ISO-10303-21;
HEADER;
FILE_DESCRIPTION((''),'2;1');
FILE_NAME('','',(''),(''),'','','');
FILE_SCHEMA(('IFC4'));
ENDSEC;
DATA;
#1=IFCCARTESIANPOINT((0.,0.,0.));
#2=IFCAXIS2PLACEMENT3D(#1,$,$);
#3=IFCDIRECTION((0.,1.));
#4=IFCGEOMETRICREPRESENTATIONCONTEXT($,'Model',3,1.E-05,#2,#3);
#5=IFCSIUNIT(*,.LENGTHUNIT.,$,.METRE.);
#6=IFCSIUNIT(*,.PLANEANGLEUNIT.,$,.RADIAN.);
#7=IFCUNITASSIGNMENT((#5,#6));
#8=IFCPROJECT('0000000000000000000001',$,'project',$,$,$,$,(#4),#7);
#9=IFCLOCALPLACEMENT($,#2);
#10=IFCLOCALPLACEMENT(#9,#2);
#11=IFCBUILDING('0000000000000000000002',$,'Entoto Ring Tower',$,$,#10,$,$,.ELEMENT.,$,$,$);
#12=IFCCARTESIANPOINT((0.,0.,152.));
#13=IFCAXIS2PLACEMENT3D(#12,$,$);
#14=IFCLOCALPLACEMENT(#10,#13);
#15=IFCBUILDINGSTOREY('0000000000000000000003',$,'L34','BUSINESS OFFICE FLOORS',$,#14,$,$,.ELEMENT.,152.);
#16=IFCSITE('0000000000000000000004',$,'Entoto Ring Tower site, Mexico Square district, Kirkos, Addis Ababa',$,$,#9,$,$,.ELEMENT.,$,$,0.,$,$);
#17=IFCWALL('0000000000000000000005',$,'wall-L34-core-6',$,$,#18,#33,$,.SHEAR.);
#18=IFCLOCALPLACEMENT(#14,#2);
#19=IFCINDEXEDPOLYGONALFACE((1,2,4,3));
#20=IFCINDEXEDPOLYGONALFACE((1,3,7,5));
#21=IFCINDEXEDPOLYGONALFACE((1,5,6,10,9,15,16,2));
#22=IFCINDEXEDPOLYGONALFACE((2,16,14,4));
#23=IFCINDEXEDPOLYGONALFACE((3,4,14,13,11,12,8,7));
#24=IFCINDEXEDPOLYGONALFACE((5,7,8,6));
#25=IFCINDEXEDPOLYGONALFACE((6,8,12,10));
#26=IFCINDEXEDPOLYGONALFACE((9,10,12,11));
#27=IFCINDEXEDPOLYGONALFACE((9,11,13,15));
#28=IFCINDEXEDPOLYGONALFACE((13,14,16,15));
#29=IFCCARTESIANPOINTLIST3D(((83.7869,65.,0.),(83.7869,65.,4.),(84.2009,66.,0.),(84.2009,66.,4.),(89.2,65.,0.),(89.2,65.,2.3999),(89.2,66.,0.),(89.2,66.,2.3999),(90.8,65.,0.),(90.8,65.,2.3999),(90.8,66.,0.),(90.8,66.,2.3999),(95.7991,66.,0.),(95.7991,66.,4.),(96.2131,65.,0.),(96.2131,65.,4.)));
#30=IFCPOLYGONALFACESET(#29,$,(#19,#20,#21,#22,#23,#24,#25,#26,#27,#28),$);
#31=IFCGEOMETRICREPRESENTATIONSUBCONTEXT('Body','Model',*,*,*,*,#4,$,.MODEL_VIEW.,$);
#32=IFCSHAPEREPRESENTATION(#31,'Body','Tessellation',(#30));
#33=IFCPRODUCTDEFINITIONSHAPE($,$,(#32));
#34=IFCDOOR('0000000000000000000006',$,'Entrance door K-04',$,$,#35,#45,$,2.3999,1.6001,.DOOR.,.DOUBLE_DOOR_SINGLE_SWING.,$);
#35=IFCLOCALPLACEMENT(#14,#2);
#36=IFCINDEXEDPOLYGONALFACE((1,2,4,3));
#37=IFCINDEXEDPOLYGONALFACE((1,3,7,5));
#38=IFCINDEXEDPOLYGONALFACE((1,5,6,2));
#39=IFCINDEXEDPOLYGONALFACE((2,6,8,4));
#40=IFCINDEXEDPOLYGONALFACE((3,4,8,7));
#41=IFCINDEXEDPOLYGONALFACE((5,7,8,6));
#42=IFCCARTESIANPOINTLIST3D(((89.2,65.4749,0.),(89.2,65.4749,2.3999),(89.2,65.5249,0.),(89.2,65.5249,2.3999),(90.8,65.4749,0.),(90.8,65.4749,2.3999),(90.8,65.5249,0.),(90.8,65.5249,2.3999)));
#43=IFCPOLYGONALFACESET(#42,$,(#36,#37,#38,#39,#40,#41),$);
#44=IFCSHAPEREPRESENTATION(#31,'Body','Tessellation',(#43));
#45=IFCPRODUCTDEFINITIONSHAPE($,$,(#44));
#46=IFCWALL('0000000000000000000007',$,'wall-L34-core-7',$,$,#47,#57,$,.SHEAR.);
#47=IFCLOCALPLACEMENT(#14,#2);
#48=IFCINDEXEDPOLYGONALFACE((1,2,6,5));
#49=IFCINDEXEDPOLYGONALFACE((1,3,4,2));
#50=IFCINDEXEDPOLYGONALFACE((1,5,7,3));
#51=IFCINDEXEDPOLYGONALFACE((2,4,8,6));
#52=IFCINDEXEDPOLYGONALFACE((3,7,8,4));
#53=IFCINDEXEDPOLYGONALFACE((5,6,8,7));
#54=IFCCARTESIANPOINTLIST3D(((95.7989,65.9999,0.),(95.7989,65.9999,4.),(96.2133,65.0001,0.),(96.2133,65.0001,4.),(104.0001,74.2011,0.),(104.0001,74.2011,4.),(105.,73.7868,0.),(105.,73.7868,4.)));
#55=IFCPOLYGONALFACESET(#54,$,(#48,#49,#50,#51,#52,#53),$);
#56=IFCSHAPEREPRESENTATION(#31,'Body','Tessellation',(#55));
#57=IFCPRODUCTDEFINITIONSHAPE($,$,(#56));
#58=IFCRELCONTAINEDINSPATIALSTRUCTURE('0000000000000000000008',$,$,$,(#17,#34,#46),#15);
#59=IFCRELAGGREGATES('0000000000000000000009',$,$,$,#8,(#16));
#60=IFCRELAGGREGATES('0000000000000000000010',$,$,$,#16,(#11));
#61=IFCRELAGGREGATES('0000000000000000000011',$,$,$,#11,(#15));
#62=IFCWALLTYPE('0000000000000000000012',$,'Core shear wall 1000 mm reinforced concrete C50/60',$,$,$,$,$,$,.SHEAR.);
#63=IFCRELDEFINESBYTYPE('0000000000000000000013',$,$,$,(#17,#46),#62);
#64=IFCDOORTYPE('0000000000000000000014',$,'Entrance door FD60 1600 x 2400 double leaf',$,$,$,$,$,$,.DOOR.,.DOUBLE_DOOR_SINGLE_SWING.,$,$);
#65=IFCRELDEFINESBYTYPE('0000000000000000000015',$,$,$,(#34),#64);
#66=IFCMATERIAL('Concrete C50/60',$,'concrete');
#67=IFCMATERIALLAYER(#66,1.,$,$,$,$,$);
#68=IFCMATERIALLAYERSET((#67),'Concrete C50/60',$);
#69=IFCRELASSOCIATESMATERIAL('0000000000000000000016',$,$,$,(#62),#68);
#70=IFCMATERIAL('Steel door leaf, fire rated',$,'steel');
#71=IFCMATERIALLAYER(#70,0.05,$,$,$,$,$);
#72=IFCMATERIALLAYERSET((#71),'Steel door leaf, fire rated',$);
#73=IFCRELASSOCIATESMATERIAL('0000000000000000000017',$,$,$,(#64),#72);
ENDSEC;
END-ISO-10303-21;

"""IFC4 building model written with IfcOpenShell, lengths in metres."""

from ifc_helpers import new_model, si_unit, direction, frame, frame_2d, origin, place, context, subcontext, project, spatial, polyline, rectangle, outline, extrude, material, layer, layer_set, type_object, element, fill, save


model = new_model("IFC4")

# Units and contexts
model_context = context("Model", 3, precision=1e-05, world=origin(), true_north=direction((0.0, 1.0)))
body_context = subcontext(model_context, "Body", "Model", "MODEL_VIEW")
ifc_project = project(units=[si_unit("LENGTHUNIT", "METRE"), si_unit("PLANEANGLEUNIT", "RADIAN")], contexts=[model_context])

# Site, building, storey
site_placement = place(None, origin())
site = spatial("IfcSite", under=ifc_project, at=site_placement, Name="Entoto Ring Tower site, Mexico Square district, Kirkos, Addis Ababa", CompositionType="ELEMENT", RefElevation=0.0)
building_placement = place(site_placement, origin())
building = spatial("IfcBuilding", under=site, at=building_placement, Name="Entoto Ring Tower", CompositionType="ELEMENT")
storey_placement = place(building_placement, frame((0.0, 0.0, 152.0)))
storey = spatial("IfcBuildingStorey", under=building, at=storey_placement, Name="L34", Description="BUSINESS OFFICE FLOORS", CompositionType="ELEMENT", Elevation=152.0)

# Wall, opening, door
ifc_material_1 = material(Name="Concrete C50/60", Category="concrete")
ifc_layer_1 = layer(ifc_material_1, 1.0)
ifc_layer_set_1 = layer_set([ifc_layer_1], Name="Concrete C50/60")
wall_type = type_object("IfcWallType", Name="Core shear wall 1000 mm reinforced concrete C50/60", PredefinedType="SHEAR", material=ifc_layer_set_1)
wall_1_placement = place(storey_placement, frame((83.9939, 65.5, 0.0), z_axis=(0.0, 0.0, 1.0), x_axis=(1.0, 0.0, 0.0)))
wall_1 = element("IfcWall", 1, at=wall_1_placement, inside=storey, type_object=wall_type, Name="wall-L34-core-6", PredefinedType="SHEAR", context=body_context, shape_type="SweptSolid", body=[
    extrude(outline(polyline([(-0.207, -0.5), (12.2192, -0.5), (11.8052, 0.5), (0.207, 0.5), (-0.207, -0.5)])), origin(), (0.0, 0.0, 1.0), 4.0),
])
opening_placement = place(wall_1_placement, frame((5.2061, 0.0, 0.0)))
opening = element("IfcOpeningElement", 2, at=opening_placement, cuts=wall_1, PredefinedType="OPENING", context=body_context, shape_type="SweptSolid", body=[
    extrude(rectangle(XDim=1.6001, YDim=2.3999, at=frame_2d((0.8, 1.2))), frame((0.0, 0.51, 0.0), z_axis=(0.0, -1.0, 0.0), x_axis=(1.0, 0.0, 0.0)), (0.0, 0.0, 1.0), 1.02),
])
ifc_material_2 = material(Name="Steel door leaf, fire rated", Category="steel")
ifc_layer_2 = layer(ifc_material_2, 0.05)
ifc_layer_set_2 = layer_set([ifc_layer_2], Name="Steel door leaf, fire rated")
door_type = type_object("IfcDoorType", Name="Entrance door FD60 1600 x 2400 double leaf", OperationType="DOUBLE_DOOR_SINGLE_SWING", PredefinedType="DOOR", material=ifc_layer_set_2)
door_placement = place(opening_placement, origin())
door = element("IfcDoor", 3, at=door_placement, inside=storey, type_object=door_type, Name="Entrance door K-04", OperationType="DOUBLE_DOOR_SINGLE_SWING", OverallHeight=2.3999, OverallWidth=1.6001, PredefinedType="DOOR", context=body_context, shape_type="SweptSolid", body=[
    extrude(rectangle(XDim=1.6001, YDim=2.3999, at=frame_2d((0.8, 1.2))), frame((0.0, 0.0249, 0.0), z_axis=(0.0, -1.0, 0.0), x_axis=(1.0, 0.0, 0.0)), (0.0, 0.0, 1.0), 0.05),
])
fill(opening, door)

# Wall
wall_2_placement = place(storey_placement, frame((96.0061, 65.5, 0.0), z_axis=(0.0, 0.0, 1.0), x_axis=(0.707107, 0.707107, 0.0)))
element("IfcWall", 4, at=wall_2_placement, inside=storey, type_object=wall_type, Name="wall-L34-core-7", PredefinedType="SHEAR", context=body_context, shape_type="SweptSolid", body=[
    extrude(outline(polyline([(-0.207, -0.5), (12.2192, -0.5), (11.8052, 0.5), (0.207, 0.5), (-0.207, -0.5)])), origin(), (0.0, 0.0, 1.0), 4.0),
])

save(model, "model.ifc")
